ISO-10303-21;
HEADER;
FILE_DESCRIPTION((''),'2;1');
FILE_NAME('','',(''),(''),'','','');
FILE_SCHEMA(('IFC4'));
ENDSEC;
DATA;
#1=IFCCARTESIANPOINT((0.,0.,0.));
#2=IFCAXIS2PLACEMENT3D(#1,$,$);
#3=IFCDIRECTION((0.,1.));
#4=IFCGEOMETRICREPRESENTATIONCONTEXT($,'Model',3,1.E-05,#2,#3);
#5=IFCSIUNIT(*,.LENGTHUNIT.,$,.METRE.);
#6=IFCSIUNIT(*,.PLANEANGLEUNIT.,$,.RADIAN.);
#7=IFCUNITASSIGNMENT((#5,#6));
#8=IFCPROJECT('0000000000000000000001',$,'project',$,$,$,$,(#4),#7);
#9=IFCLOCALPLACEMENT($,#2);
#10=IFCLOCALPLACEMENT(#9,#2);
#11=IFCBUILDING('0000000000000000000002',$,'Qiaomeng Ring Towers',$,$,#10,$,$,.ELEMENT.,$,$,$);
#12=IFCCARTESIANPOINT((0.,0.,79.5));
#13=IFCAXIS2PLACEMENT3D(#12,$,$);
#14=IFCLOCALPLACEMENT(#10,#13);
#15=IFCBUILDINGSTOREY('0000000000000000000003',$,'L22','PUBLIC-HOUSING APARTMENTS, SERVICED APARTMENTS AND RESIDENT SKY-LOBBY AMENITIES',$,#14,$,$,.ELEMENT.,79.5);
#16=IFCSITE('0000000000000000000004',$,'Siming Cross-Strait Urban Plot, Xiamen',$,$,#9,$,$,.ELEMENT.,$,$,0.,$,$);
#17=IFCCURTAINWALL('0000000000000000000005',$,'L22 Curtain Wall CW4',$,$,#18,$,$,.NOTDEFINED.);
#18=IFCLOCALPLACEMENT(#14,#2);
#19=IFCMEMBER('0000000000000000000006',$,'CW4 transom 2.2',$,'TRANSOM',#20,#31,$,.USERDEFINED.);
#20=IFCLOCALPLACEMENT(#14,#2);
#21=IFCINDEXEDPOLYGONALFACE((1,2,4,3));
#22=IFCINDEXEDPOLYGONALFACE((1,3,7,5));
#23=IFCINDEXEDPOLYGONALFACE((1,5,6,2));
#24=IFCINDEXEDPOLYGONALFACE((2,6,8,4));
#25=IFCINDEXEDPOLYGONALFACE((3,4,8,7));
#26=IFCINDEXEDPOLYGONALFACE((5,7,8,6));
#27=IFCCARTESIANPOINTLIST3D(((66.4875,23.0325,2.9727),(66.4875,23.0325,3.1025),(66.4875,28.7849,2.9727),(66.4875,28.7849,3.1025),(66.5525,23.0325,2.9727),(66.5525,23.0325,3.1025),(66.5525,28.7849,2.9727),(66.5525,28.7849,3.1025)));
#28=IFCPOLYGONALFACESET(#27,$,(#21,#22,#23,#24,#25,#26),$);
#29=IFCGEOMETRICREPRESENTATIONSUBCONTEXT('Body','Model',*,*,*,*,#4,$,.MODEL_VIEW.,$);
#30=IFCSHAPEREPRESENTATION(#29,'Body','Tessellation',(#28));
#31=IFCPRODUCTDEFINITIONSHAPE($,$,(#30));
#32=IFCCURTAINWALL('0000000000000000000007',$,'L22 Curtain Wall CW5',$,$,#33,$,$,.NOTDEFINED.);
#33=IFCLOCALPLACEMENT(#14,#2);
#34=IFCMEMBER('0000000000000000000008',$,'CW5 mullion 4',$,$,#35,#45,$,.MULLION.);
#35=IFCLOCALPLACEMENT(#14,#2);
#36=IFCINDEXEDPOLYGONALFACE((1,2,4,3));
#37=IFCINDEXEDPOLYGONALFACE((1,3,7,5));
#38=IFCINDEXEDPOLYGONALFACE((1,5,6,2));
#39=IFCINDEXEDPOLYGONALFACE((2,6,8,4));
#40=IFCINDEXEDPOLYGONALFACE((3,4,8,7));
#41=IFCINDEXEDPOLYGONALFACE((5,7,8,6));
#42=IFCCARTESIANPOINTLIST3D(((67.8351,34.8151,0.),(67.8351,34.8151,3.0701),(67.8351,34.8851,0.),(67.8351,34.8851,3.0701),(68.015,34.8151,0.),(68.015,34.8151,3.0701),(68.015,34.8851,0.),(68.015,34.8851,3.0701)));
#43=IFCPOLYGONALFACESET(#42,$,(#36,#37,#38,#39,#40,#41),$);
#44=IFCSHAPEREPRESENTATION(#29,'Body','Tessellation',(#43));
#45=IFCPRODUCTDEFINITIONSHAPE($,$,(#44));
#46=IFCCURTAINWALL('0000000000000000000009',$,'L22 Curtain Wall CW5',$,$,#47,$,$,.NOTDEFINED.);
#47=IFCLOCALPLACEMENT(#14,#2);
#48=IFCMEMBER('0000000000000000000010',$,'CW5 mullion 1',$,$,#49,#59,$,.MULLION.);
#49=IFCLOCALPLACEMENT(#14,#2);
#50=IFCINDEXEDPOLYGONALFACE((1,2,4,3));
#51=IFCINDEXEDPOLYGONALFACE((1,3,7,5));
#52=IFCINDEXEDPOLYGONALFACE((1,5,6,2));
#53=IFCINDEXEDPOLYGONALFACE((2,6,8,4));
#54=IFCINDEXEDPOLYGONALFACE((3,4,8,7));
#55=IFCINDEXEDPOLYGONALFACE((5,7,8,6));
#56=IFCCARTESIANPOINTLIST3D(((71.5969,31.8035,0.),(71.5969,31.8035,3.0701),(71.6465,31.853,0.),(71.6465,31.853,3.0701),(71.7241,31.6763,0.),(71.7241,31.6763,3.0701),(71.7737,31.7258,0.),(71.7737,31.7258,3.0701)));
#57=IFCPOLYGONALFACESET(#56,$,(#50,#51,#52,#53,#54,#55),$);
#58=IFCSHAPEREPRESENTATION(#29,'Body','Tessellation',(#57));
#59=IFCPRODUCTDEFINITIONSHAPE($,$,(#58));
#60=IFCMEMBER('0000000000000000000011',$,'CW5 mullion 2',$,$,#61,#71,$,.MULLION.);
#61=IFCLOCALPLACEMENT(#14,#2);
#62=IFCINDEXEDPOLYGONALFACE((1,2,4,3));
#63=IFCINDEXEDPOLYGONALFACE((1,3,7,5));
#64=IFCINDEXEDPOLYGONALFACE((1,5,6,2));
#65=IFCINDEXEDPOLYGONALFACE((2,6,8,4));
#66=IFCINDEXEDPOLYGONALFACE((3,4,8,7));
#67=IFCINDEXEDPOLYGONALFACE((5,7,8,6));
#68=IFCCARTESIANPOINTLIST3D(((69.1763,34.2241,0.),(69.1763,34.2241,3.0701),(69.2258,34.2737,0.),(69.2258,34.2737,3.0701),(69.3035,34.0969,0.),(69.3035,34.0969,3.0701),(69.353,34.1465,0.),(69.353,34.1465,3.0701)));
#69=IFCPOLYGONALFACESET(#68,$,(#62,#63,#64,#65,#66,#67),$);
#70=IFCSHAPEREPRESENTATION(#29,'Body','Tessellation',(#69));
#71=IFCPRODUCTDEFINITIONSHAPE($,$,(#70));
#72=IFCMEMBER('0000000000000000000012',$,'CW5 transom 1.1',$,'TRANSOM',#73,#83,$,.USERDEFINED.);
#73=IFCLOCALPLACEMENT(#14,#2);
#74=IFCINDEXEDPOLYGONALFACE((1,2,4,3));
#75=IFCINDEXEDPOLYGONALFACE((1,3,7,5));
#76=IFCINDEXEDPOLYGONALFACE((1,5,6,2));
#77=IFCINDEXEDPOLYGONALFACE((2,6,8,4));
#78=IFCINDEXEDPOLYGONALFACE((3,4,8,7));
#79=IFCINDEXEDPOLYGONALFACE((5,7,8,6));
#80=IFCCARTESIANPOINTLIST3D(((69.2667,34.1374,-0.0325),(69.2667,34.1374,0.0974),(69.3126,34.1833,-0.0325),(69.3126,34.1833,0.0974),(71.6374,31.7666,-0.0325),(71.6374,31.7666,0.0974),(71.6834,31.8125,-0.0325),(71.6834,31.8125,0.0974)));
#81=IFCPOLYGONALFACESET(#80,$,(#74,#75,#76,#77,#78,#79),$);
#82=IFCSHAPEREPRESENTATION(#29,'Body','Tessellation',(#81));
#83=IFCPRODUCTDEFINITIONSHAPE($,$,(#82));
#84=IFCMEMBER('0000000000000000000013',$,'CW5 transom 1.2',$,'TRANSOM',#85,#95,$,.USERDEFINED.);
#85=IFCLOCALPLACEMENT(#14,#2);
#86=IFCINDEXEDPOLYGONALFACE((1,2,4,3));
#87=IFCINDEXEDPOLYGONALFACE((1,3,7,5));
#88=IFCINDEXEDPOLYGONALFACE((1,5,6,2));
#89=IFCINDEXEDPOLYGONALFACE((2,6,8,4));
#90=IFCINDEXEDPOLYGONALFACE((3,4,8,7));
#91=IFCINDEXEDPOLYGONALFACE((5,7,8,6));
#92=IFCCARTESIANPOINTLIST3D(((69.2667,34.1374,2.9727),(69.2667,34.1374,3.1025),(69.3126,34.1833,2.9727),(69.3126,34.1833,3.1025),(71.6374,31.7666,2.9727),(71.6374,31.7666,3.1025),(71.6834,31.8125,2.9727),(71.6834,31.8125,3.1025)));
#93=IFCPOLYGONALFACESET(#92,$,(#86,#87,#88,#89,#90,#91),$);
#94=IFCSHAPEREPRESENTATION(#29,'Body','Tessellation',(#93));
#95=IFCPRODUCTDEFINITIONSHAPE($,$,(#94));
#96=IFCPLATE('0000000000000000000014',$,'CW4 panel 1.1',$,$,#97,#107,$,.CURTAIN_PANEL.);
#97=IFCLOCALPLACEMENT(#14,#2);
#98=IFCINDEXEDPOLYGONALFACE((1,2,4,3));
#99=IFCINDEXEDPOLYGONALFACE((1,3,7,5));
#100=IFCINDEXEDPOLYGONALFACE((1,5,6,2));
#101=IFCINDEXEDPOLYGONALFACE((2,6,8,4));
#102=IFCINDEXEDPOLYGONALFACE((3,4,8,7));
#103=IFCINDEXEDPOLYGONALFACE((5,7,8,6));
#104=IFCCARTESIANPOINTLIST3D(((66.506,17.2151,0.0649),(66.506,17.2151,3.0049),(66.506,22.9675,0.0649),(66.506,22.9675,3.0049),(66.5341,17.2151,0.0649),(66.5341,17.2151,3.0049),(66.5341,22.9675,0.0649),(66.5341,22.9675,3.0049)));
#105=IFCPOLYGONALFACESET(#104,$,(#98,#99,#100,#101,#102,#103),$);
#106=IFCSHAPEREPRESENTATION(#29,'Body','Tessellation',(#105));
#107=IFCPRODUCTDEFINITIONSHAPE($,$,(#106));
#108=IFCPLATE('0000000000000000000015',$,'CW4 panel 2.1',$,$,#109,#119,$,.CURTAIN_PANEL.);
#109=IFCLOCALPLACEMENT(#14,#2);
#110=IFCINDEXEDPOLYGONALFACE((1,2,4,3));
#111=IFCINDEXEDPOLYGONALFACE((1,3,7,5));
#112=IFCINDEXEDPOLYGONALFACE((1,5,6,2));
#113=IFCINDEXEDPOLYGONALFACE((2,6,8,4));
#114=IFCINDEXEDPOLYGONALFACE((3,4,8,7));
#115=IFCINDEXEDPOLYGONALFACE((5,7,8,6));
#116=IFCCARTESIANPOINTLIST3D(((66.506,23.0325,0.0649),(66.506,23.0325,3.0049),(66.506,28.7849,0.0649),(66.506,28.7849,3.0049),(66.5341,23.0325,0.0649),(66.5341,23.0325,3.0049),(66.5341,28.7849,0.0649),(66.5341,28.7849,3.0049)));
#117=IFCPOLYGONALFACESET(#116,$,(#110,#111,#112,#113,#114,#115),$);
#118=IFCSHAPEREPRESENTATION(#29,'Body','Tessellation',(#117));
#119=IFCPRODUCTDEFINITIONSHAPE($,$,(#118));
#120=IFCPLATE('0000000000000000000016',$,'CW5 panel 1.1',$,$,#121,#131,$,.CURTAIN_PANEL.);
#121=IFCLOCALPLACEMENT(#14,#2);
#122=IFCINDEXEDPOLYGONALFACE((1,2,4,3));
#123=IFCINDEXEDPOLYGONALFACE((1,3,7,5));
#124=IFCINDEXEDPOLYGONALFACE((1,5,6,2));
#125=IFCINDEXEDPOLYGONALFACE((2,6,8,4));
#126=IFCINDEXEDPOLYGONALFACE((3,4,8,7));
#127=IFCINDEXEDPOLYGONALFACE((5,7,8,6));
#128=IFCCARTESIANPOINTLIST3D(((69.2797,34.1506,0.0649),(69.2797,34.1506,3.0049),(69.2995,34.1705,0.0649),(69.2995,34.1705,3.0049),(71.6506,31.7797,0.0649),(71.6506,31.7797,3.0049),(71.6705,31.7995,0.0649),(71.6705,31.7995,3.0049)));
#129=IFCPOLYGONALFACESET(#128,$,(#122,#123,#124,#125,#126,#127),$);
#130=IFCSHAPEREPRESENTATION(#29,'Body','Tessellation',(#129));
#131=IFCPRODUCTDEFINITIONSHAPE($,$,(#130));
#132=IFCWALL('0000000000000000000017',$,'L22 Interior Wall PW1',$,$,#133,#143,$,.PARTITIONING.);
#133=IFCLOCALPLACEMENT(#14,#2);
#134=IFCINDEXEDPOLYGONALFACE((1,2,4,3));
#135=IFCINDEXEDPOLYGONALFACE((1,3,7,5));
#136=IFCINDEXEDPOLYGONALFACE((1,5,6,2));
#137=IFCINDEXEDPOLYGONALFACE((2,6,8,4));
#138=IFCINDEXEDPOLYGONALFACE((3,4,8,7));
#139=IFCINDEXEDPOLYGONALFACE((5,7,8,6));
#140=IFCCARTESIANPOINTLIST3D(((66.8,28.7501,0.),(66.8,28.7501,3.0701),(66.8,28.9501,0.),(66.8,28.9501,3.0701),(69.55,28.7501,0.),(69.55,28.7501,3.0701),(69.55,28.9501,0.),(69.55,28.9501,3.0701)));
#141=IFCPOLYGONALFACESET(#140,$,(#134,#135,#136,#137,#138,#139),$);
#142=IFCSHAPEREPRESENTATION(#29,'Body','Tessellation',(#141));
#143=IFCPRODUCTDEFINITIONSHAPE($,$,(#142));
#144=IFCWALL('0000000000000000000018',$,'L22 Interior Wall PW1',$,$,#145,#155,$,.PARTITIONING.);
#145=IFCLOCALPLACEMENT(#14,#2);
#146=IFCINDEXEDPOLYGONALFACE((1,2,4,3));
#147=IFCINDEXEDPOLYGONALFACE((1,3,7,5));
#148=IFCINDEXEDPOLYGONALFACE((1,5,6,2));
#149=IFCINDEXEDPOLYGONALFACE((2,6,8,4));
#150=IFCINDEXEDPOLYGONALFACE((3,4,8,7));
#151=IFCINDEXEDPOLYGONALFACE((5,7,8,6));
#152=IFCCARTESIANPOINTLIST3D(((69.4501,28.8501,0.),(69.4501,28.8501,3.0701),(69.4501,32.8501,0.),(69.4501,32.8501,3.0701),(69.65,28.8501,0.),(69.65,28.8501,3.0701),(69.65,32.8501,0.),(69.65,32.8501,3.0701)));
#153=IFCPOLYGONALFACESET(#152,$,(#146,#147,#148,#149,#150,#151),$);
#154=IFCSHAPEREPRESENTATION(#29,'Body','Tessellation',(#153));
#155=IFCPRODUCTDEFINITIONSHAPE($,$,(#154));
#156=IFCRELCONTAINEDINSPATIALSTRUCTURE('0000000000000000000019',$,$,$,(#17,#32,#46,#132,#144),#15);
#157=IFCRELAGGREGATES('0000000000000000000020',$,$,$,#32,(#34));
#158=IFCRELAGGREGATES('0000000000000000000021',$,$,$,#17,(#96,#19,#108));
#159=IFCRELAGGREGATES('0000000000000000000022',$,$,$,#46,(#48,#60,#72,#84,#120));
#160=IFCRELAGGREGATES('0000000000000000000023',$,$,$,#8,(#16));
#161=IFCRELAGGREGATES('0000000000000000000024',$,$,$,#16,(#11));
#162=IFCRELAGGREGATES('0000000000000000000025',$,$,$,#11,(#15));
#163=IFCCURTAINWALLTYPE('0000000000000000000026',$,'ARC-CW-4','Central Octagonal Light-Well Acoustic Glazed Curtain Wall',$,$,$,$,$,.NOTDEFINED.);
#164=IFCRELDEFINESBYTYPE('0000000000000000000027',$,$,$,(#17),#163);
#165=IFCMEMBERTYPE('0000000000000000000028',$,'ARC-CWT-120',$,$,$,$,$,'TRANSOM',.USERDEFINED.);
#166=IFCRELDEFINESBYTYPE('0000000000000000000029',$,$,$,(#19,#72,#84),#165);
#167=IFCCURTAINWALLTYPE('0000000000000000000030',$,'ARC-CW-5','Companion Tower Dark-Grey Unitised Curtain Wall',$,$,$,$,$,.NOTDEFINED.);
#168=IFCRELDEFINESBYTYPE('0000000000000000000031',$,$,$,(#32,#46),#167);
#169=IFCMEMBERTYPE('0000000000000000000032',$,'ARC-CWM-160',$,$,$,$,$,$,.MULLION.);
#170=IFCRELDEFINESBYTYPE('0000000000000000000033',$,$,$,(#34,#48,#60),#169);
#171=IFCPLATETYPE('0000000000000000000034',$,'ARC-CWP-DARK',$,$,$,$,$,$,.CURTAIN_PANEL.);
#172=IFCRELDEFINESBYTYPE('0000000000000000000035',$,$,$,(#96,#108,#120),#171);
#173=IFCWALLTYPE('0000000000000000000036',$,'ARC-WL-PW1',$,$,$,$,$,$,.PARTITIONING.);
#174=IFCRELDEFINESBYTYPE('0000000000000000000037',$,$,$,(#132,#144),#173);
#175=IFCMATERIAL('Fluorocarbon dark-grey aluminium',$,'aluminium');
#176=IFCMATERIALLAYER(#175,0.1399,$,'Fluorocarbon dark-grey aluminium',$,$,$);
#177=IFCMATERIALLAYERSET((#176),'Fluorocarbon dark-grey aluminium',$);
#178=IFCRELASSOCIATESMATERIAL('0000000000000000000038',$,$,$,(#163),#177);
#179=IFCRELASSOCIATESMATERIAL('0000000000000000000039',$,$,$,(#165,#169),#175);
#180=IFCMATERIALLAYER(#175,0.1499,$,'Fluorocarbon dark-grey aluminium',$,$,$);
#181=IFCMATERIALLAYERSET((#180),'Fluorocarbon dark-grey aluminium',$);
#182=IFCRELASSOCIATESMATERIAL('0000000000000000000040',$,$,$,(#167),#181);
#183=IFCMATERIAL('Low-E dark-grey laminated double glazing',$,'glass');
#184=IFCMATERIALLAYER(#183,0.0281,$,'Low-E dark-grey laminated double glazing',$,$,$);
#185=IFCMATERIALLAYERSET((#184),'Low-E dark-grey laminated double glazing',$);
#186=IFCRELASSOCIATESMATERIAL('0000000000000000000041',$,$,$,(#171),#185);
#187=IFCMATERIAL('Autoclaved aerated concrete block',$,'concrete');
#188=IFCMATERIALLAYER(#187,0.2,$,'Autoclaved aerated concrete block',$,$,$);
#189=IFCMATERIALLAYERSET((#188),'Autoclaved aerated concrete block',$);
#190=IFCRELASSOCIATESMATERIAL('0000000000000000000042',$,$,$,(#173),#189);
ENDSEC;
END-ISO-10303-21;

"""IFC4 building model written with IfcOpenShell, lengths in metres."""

from ifc_helpers import new_model, si_unit, direction, frame, frame_2d, origin, origin_2d, place, context, subcontext, project, spatial, rectangle, extrude, source, transform, mapped, material, layer, layer_set, material_profile, profile_set, type_object, element, aggregate, save


model = new_model("IFC4")

# Units and contexts
model_context = context("Model", 3, precision=1e-05, world=origin(), true_north=direction((0.0, 1.0)))
body_context = subcontext(model_context, "Body", "Model", "MODEL_VIEW")
ifc_project = project(units=[si_unit("LENGTHUNIT", "METRE"), si_unit("PLANEANGLEUNIT", "RADIAN")], contexts=[model_context])

# Site, building, storey
site_placement = place(None, origin())
site = spatial("IfcSite", under=ifc_project, at=site_placement, Name="Siming Cross-Strait Urban Plot, Xiamen", CompositionType="ELEMENT", RefElevation=0.0)
building_placement = place(site_placement, origin())
building = spatial("IfcBuilding", under=site, at=building_placement, Name="Qiaomeng Ring Towers", CompositionType="ELEMENT")
storey_placement = place(building_placement, frame((0.0, 0.0, 79.5)))
storey = spatial("IfcBuildingStorey", under=building, at=storey_placement, Name="L22", Description="PUBLIC-HOUSING APARTMENTS, SERVICED APARTMENTS AND RESIDENT SKY-LOBBY AMENITIES", CompositionType="ELEMENT", Elevation=79.5)

# Curtain wall, member
ifc_material_1 = material(Name="Fluorocarbon dark-grey aluminium", Category="aluminium")
ifc_layer_1 = layer(ifc_material_1, 0.1399, Name="Fluorocarbon dark-grey aluminium")
ifc_layer_set_1 = layer_set([ifc_layer_1], Name="Fluorocarbon dark-grey aluminium")
curtain_wall_type_1 = type_object("IfcCurtainWallType", Name="ARC-CW-4", Description="Central Octagonal Light-Well Acoustic Glazed Curtain Wall", PredefinedType="NOTDEFINED", material=ifc_layer_set_1)
curtain_wall_1_placement = place(storey_placement, origin())
curtain_wall_1 = element("IfcCurtainWall", 1, at=curtain_wall_1_placement, inside=storey, type_object=curtain_wall_type_1, Name="L22 Curtain Wall CW4", PredefinedType="NOTDEFINED")
ifc_material_profile_1 = material_profile(ifc_material_1, rectangle(XDim=0.0649, YDim=0.1299, at=origin_2d()), Name="ALU TRAN 65x130")
ifc_profile_set_1 = profile_set([ifc_material_profile_1], Name="Fluorocarbon dark-grey aluminium")
member_type_1 = type_object("IfcMemberType", Name="ARC-CWT-120", ElementType="TRANSOM", PredefinedType="USERDEFINED", material=ifc_profile_set_1)
shared_shape_1 = source(origin(), body_context, "Body", "SweptSolid", [
    extrude(rectangle(XDim=0.0649, YDim=0.1299, at=origin_2d()), origin(), (0.0, 0.0, 1.0), 5.7524),
])
member_1_placement = place(storey_placement, frame((66.52, 23.0325, 3.0376), z_axis=(0.0, 1.0, 0.0), x_axis=(-1.0, 0.0, 0.0)))
member_1 = element("IfcMember", 2, at=member_1_placement, type_object=member_type_1, Name="CW4 transom 2.2", ObjectType="TRANSOM", PredefinedType="USERDEFINED", context=body_context, shape_type="MappedRepresentation", body=[
    mapped(shared_shape_1, transform((0.0, 0.0, 0.0), x_axis=(1.0, 0.0, 0.0), y_axis=(0.0, 1.0, 0.0), z_axis=(0.0, 0.0, 1.0), scale=1.0)),
])

# Curtain wall, member
ifc_layer_2 = layer(ifc_material_1, 0.1499, Name="Fluorocarbon dark-grey aluminium")
ifc_layer_set_2 = layer_set([ifc_layer_2], Name="Fluorocarbon dark-grey aluminium")
curtain_wall_type_2 = type_object("IfcCurtainWallType", Name="ARC-CW-5", Description="Companion Tower Dark-Grey Unitised Curtain Wall", PredefinedType="NOTDEFINED", material=ifc_layer_set_2)
curtain_wall_2_placement = place(storey_placement, origin())
curtain_wall_2 = element("IfcCurtainWall", 3, at=curtain_wall_2_placement, inside=storey, type_object=curtain_wall_type_2, Name="L22 Curtain Wall CW5", PredefinedType="NOTDEFINED")
ifc_material_profile_2 = material_profile(ifc_material_1, rectangle(XDim=0.0701, YDim=0.1799, at=origin_2d()), Name="ALU MULL 70x180")
ifc_profile_set_2 = profile_set([ifc_material_profile_2], Name="Fluorocarbon dark-grey aluminium")
member_type_2 = type_object("IfcMemberType", Name="ARC-CWM-160", PredefinedType="MULLION", material=ifc_profile_set_2)
shared_shape_2 = source(origin(), body_context, "Body", "SweptSolid", [
    extrude(rectangle(XDim=0.0701, YDim=0.1799, at=origin_2d()), origin(), (0.0, 0.0, 1.0), 3.0701),
])
member_2_placement = place(storey_placement, frame((67.925, 34.8501, 0.0), z_axis=(0.0, 0.0, 1.0), x_axis=(0.0, 1.0, 0.0)))
member_2 = element("IfcMember", 4, at=member_2_placement, type_object=member_type_2, Name="CW5 mullion 4", PredefinedType="MULLION", context=body_context, shape_type="MappedRepresentation", body=[
    mapped(shared_shape_2, transform((0.0, 0.0, 0.0), x_axis=(1.0, 0.0, 0.0), y_axis=(0.0, 1.0, 0.0), z_axis=(0.0, 0.0, 1.0), scale=1.0)),
])
aggregate(curtain_wall_2, [member_2])

# Curtain wall, members
curtain_wall_3_placement = place(storey_placement, origin())
curtain_wall_3 = element("IfcCurtainWall", 5, at=curtain_wall_3_placement, inside=storey, type_object=curtain_wall_type_2, Name="L22 Curtain Wall CW5", PredefinedType="NOTDEFINED")
member_3_placement = place(storey_placement, frame((71.6853, 31.7646, 0.0), z_axis=(0.0, 0.0, 1.0), x_axis=(-0.707107, -0.707107, 0.0)))
member_3 = element("IfcMember", 6, at=member_3_placement, type_object=member_type_2, Name="CW5 mullion 1", PredefinedType="MULLION", context=body_context, shape_type="MappedRepresentation", body=[
    mapped(shared_shape_2, transform((0.0, 0.0, 0.0), x_axis=(1.0, 0.0, 0.0), y_axis=(0.0, 1.0, 0.0), z_axis=(0.0, 0.0, 1.0), scale=1.0)),
])
member_4_placement = place(storey_placement, frame((69.2646, 34.1853, 0.0), z_axis=(0.0, 0.0, 1.0), x_axis=(-0.707107, -0.707107, 0.0)))
member_4 = element("IfcMember", 7, at=member_4_placement, type_object=member_type_2, Name="CW5 mullion 2", PredefinedType="MULLION", context=body_context, shape_type="MappedRepresentation", body=[
    mapped(shared_shape_2, transform((0.0, 0.0, 0.0), x_axis=(1.0, 0.0, 0.0), y_axis=(0.0, 1.0, 0.0), z_axis=(0.0, 0.0, 1.0), scale=1.0)),
])
shared_shape_3 = source(origin(), body_context, "Body", "SweptSolid", [
    extrude(rectangle(XDim=0.0649, YDim=0.1299, at=origin_2d()), origin(), (0.0, 0.0, 1.0), 3.3528),
])
member_5_placement = place(storey_placement, frame((71.6604, 31.7896, 0.0325), z_axis=(-0.707107, 0.707107, 0.0), x_axis=(-0.707107, -0.707107, 0.0)))
member_5 = element("IfcMember", 8, at=member_5_placement, type_object=member_type_1, Name="CW5 transom 1.1", ObjectType="TRANSOM", PredefinedType="USERDEFINED", context=body_context, shape_type="MappedRepresentation", body=[
    mapped(shared_shape_3, transform((0.0, 0.0, 0.0), x_axis=(1.0, 0.0, 0.0), y_axis=(0.0, 1.0, 0.0), z_axis=(0.0, 0.0, 1.0), scale=1.0)),
])
member_6_placement = place(storey_placement, frame((71.6604, 31.7896, 3.0376), z_axis=(-0.707107, 0.707107, 0.0), x_axis=(-0.707107, -0.707107, 0.0)))
member_6 = element("IfcMember", 9, at=member_6_placement, type_object=member_type_1, Name="CW5 transom 1.2", ObjectType="TRANSOM", PredefinedType="USERDEFINED", context=body_context, shape_type="MappedRepresentation", body=[
    mapped(shared_shape_3, transform((0.0, 0.0, 0.0), x_axis=(1.0, 0.0, 0.0), y_axis=(0.0, 1.0, 0.0), z_axis=(0.0, 0.0, 1.0), scale=1.0)),
])

# Plates
ifc_material_2 = material(Name="Low-E dark-grey laminated double glazing", Category="glass")
ifc_layer_3 = layer(ifc_material_2, 0.0281, Name="Low-E dark-grey laminated double glazing")
ifc_layer_set_3 = layer_set([ifc_layer_3], Name="Low-E dark-grey laminated double glazing")
plate_type = type_object("IfcPlateType", Name="ARC-CWP-DARK", PredefinedType="CURTAIN_PANEL", material=ifc_layer_set_3)
shared_shape_4 = source(origin(), body_context, "Body", "SweptSolid", [
    extrude(rectangle(XDim=5.7524, YDim=0.0281, at=origin_2d()), origin(), (0.0, 0.0, 1.0), 2.9399),
])
plate_1_placement = place(storey_placement, frame((66.52, 20.0913, 0.0649), z_axis=(0.0, 0.0, 1.0), x_axis=(0.0, 1.0, 0.0)))
plate_1 = element("IfcPlate", 10, at=plate_1_placement, type_object=plate_type, Name="CW4 panel 1.1", PredefinedType="CURTAIN_PANEL", context=body_context, shape_type="MappedRepresentation", body=[
    mapped(shared_shape_4, transform((0.0, 0.0, 0.0), x_axis=(1.0, 0.0, 0.0), y_axis=(0.0, 1.0, 0.0), z_axis=(0.0, 0.0, 1.0), scale=1.0)),
])
plate_2_placement = place(storey_placement, frame((66.52, 25.9087, 0.0649), z_axis=(0.0, 0.0, 1.0), x_axis=(0.0, 1.0, 0.0)))
plate_2 = element("IfcPlate", 11, at=plate_2_placement, type_object=plate_type, Name="CW4 panel 2.1", PredefinedType="CURTAIN_PANEL", context=body_context, shape_type="MappedRepresentation", body=[
    mapped(shared_shape_4, transform((0.0, 0.0, 0.0), x_axis=(1.0, 0.0, 0.0), y_axis=(0.0, 1.0, 0.0), z_axis=(0.0, 0.0, 1.0), scale=1.0)),
])
aggregate(curtain_wall_1, [plate_1, member_1, plate_2])
shared_shape_5 = source(origin(), body_context, "Body", "SweptSolid", [
    extrude(rectangle(XDim=3.353, YDim=0.0281, at=origin_2d()), origin(), (0.0, 0.0, 1.0), 2.9399),
])
plate_3_placement = place(storey_placement, frame((70.4751, 32.9751, 0.0649), z_axis=(0.0, 0.0, 1.0), x_axis=(-0.707107, 0.707107, 0.0)))
plate_3 = element("IfcPlate", 12, at=plate_3_placement, type_object=plate_type, Name="CW5 panel 1.1", PredefinedType="CURTAIN_PANEL", context=body_context, shape_type="MappedRepresentation", body=[
    mapped(shared_shape_5, transform((0.0, 0.0, 0.0), x_axis=(1.0, 0.0, 0.0), y_axis=(0.0, 1.0, 0.0), z_axis=(0.0, 0.0, 1.0), scale=1.0)),
])
aggregate(curtain_wall_3, [member_3, member_4, member_5, member_6, plate_3])

# Walls
ifc_material_3 = material(Name="Autoclaved aerated concrete block", Category="concrete")
ifc_layer_4 = layer(ifc_material_3, 0.2, Name="Autoclaved aerated concrete block")
ifc_layer_set_4 = layer_set([ifc_layer_4], Name="Autoclaved aerated concrete block")
wall_type_1 = type_object("IfcWallType", Name="ARC-WL-PW1", PredefinedType="PARTITIONING", material=ifc_layer_set_4)
wall_1_placement = place(storey_placement, frame((66.8, 28.8501, 0.0), z_axis=(0.0, 0.0, 1.0), x_axis=(1.0, 0.0, 0.0)))
element("IfcWall", 13, at=wall_1_placement, inside=storey, type_object=wall_type_1, Name="L22 Interior Wall PW1", PredefinedType="PARTITIONING", context=body_context, shape_type="SweptSolid", body=[
    extrude(rectangle(XDim=2.75, YDim=0.2, at=frame_2d((1.375, 0.0))), origin(), (0.0, 0.0, 1.0), 3.0701),
])
wall_2_placement = place(storey_placement, frame((69.55, 28.8501, 0.0), z_axis=(0.0, 0.0, 1.0), x_axis=(0.0, 1.0, 0.0)))
element("IfcWall", 14, at=wall_2_placement, inside=storey, type_object=wall_type_1, Name="L22 Interior Wall PW1", PredefinedType="PARTITIONING", context=body_context, shape_type="SweptSolid", body=[
    extrude(rectangle(XDim=4.0, YDim=0.2, at=frame_2d((2.0, 0.0))), origin(), (0.0, 0.0, 1.0), 3.0701),
])

save(model, "model.ifc")
